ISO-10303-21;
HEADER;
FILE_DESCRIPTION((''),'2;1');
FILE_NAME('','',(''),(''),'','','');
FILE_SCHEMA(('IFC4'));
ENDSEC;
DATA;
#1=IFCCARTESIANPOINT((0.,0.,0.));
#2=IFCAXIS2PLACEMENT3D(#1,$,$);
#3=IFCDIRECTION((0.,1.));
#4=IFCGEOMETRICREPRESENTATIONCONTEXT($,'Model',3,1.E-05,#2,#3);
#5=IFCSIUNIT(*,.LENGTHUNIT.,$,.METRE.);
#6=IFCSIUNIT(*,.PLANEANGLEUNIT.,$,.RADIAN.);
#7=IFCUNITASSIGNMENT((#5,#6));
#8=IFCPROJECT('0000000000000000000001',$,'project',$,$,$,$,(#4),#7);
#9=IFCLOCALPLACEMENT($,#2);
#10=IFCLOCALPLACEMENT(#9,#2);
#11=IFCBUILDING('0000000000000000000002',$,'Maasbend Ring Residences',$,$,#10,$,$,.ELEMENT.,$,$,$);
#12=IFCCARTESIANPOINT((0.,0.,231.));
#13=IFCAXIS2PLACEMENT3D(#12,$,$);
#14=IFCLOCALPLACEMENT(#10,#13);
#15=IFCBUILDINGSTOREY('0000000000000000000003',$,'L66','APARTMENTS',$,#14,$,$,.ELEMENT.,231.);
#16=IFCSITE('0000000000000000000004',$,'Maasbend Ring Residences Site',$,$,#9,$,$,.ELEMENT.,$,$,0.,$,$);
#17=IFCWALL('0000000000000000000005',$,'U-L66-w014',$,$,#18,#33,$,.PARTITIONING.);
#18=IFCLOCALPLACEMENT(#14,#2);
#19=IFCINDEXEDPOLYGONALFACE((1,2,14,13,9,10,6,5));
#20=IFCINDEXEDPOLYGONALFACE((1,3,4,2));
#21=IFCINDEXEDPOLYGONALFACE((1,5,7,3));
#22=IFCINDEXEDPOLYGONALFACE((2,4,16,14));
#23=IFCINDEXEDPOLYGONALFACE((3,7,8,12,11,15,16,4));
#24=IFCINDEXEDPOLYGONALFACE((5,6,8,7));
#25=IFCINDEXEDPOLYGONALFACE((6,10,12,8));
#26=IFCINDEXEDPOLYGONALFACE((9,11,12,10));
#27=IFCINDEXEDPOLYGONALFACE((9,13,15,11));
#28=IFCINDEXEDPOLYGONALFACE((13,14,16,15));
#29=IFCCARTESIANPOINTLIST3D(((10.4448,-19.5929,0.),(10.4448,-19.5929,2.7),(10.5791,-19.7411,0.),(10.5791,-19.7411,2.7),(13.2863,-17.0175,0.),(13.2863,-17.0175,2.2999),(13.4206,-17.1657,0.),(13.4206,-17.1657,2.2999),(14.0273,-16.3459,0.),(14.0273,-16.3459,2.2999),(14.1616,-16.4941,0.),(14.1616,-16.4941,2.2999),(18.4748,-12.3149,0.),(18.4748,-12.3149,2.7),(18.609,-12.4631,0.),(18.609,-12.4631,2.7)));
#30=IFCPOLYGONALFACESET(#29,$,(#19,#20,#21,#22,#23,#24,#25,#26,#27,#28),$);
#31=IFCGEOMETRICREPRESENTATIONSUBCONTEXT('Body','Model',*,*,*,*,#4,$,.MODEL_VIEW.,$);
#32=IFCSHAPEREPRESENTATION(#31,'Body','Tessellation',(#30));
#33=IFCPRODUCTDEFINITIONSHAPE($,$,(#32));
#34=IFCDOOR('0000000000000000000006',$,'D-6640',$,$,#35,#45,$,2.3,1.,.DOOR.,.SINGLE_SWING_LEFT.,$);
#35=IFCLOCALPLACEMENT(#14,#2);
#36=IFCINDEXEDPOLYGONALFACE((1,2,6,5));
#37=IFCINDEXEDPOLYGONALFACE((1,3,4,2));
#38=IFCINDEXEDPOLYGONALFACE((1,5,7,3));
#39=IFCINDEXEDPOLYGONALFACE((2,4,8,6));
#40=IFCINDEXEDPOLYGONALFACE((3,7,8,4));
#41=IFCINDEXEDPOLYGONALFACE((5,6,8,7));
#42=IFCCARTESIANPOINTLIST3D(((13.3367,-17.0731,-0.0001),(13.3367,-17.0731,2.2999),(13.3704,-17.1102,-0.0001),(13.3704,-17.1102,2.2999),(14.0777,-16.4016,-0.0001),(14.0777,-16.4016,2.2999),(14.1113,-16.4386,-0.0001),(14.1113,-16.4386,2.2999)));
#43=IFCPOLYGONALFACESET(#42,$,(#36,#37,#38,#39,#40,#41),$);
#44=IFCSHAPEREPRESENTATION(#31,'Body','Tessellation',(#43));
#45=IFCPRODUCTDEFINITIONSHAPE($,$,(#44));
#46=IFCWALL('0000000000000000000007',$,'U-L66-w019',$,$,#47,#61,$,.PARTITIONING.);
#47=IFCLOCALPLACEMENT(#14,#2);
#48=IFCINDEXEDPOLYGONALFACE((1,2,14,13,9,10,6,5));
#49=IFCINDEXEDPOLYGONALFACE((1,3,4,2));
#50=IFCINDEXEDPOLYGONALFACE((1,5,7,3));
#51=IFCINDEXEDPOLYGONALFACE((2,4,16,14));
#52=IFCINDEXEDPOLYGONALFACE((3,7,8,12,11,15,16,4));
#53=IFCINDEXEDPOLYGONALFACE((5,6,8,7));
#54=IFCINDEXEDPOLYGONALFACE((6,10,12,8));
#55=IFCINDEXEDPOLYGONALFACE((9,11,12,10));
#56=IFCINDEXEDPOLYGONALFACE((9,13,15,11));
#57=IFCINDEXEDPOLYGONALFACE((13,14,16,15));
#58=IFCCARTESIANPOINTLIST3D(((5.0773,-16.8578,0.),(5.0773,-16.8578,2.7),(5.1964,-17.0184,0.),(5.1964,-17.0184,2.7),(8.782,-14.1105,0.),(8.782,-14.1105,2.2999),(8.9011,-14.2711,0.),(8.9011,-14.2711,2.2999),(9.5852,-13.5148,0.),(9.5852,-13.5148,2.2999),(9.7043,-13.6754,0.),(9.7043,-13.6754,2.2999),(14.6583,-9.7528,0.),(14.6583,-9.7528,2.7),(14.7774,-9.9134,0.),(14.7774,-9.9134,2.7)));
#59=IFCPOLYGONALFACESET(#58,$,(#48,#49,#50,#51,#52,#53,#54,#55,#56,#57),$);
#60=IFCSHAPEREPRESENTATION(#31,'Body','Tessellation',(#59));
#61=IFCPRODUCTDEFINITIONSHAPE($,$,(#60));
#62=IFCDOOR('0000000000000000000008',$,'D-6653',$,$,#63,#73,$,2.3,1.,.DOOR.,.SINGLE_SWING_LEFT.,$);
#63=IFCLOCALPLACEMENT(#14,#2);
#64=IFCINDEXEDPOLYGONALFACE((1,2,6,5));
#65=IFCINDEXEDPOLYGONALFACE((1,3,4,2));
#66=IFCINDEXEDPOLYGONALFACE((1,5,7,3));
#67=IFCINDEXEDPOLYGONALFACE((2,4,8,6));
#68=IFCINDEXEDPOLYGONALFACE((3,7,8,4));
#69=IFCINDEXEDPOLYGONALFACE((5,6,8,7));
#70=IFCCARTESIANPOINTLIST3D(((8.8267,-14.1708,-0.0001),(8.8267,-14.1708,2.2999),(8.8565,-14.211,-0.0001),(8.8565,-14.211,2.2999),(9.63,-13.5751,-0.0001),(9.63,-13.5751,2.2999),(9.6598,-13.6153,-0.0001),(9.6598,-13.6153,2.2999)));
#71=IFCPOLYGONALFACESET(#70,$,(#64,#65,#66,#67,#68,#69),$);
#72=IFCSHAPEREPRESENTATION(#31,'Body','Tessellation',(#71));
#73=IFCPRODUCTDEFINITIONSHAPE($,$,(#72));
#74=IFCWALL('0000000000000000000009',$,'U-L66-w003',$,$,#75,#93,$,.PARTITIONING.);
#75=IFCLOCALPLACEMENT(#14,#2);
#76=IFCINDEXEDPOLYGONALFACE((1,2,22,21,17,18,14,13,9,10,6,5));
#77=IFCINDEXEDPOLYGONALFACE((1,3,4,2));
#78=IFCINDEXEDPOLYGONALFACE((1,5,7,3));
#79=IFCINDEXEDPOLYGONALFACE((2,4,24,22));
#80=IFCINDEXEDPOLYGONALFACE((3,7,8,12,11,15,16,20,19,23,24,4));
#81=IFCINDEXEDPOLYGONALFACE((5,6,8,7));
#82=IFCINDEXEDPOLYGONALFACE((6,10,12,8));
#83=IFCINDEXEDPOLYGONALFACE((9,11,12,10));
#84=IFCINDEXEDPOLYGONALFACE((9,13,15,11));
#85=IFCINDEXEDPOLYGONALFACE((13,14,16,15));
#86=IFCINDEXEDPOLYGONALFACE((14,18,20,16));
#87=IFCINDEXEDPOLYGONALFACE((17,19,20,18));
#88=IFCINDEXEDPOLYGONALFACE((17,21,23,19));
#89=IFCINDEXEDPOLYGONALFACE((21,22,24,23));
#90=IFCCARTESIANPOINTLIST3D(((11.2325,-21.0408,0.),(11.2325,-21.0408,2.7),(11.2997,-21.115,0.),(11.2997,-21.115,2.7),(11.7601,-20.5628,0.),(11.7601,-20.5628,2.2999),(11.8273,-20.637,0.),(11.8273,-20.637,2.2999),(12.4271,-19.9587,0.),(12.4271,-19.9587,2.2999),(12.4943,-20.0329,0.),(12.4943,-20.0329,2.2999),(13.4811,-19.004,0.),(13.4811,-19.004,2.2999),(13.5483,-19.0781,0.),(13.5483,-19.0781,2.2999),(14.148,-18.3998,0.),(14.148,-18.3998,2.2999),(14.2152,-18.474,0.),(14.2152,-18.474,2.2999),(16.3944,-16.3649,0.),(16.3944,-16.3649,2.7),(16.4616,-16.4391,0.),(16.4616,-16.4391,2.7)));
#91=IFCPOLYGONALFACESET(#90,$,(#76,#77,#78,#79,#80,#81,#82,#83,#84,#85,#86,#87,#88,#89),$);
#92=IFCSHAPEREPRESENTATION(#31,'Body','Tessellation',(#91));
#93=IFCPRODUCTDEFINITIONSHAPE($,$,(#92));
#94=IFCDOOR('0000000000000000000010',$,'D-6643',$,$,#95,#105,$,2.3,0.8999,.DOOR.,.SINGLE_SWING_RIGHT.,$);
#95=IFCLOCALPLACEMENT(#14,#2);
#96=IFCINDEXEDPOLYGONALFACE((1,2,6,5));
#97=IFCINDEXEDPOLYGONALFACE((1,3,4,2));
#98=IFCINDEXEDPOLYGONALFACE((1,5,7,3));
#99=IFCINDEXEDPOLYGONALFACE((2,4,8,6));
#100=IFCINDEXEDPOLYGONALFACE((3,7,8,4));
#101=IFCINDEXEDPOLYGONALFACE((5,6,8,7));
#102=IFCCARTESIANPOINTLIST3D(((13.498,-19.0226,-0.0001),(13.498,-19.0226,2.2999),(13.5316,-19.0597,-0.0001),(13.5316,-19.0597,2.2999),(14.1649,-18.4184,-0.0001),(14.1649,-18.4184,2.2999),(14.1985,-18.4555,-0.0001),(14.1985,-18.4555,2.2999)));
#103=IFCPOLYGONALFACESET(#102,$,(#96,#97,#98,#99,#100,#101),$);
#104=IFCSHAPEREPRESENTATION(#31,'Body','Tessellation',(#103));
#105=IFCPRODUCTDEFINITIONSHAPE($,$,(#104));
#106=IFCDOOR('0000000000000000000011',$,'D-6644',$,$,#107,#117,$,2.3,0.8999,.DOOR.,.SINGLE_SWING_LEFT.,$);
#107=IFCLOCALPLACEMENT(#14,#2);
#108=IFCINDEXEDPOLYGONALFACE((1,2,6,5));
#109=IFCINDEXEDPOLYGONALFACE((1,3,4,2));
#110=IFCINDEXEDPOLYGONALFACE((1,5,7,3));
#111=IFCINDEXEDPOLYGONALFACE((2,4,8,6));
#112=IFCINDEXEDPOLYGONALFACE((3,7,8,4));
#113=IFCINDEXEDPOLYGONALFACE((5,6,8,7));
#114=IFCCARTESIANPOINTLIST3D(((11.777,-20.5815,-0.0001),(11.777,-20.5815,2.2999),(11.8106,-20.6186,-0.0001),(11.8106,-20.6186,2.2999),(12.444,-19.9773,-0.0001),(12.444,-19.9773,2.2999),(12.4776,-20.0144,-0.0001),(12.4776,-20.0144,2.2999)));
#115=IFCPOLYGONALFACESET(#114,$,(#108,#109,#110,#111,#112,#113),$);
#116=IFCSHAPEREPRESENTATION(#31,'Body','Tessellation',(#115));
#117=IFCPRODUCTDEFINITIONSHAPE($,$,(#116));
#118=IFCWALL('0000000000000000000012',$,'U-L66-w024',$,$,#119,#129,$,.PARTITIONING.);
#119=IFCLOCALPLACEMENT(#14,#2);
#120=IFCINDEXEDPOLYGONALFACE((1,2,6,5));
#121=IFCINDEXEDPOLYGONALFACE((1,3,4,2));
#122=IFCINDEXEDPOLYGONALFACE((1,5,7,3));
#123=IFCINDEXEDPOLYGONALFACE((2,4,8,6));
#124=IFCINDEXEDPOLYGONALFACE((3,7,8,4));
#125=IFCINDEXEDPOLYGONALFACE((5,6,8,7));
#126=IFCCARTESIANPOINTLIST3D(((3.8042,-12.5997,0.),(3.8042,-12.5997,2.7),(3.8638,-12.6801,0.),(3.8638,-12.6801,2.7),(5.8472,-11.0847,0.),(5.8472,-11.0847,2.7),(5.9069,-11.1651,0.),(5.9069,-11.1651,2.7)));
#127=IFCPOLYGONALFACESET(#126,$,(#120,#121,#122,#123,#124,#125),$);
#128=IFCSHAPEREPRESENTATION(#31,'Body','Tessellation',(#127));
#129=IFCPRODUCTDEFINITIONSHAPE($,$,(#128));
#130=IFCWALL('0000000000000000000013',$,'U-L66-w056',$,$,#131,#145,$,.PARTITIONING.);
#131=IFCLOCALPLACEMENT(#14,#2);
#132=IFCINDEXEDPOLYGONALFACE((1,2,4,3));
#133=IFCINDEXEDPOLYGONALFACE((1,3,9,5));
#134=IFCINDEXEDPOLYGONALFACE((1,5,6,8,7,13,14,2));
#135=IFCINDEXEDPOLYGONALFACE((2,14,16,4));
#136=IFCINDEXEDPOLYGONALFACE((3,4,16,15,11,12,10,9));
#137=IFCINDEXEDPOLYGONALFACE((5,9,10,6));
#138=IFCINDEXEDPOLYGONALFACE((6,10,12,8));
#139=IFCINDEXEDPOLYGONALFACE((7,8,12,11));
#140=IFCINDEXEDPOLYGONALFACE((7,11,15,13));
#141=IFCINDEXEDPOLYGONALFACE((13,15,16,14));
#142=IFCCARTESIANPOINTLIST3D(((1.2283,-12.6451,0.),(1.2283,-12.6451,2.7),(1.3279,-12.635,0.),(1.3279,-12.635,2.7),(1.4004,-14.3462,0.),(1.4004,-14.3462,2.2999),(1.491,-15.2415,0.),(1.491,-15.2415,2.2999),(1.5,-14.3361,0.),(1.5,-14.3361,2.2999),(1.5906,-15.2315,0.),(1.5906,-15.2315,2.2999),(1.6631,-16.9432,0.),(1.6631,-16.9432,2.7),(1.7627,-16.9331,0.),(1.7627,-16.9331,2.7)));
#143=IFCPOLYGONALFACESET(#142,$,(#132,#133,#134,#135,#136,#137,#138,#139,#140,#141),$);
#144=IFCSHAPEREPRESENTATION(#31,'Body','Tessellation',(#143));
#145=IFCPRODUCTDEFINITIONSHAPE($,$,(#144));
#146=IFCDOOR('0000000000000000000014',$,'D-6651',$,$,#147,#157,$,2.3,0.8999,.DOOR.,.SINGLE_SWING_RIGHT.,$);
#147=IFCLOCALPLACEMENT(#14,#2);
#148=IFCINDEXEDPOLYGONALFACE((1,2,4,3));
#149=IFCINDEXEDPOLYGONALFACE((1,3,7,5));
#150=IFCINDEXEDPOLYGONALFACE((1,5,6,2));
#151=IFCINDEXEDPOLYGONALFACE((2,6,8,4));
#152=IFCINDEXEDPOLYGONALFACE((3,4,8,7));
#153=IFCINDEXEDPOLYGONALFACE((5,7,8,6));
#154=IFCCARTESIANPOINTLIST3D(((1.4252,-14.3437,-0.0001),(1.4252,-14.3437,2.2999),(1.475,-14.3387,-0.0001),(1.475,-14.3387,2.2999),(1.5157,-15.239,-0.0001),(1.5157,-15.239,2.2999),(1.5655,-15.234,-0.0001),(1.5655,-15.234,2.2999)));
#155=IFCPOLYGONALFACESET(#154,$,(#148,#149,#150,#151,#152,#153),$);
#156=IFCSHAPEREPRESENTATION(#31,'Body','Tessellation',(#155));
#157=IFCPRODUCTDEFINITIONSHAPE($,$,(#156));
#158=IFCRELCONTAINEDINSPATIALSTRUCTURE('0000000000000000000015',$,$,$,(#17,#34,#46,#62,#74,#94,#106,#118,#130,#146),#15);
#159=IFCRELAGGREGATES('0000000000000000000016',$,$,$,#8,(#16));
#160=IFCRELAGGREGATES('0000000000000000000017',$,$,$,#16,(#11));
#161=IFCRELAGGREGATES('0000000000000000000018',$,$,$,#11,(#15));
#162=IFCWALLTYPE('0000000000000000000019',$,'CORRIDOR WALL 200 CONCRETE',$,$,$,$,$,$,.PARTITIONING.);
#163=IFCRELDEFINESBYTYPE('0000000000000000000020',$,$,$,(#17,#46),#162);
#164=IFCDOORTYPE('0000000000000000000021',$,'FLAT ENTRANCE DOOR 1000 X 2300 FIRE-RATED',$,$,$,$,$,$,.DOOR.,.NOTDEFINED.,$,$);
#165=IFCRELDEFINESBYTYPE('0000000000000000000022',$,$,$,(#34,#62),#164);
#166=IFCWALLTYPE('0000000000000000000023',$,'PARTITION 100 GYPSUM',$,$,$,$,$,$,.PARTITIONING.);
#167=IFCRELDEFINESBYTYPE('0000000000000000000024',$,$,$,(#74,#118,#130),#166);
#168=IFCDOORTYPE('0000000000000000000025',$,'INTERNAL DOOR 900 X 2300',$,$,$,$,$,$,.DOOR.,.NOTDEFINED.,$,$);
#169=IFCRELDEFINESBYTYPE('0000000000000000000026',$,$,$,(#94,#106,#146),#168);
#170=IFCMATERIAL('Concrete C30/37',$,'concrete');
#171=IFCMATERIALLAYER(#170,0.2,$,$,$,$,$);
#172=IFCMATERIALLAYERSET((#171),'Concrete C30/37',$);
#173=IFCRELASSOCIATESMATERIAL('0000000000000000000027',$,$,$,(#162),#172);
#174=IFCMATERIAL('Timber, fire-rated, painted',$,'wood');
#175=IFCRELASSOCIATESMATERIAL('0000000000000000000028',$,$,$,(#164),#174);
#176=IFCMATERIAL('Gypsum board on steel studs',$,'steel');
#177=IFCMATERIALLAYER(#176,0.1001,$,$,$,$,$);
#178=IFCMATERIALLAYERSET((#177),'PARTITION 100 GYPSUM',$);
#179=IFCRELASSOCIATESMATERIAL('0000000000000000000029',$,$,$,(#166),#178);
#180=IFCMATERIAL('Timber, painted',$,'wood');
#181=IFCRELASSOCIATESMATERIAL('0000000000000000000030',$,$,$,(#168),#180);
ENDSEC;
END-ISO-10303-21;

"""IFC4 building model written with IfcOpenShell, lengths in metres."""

from ifc_helpers import new_model, si_unit, direction, frame, frame_2d, origin, place, context, subcontext, project, spatial, rectangle, extrude, material, layer, layer_set, type_object, element, fill, save


model = new_model("IFC4")

# Units and contexts
model_context = context("Model", 3, precision=1e-05, world=origin(), true_north=direction((0.0, 1.0)))
body_context = subcontext(model_context, "Body", "Model", "MODEL_VIEW")
ifc_project = project(units=[si_unit("LENGTHUNIT", "METRE"), si_unit("PLANEANGLEUNIT", "RADIAN")], contexts=[model_context])

# Site, building, storey
site_placement = place(None, origin())
site = spatial("IfcSite", under=ifc_project, at=site_placement, Name="Maasbend Ring Residences Site", CompositionType="ELEMENT", RefElevation=0.0)
building_placement = place(site_placement, origin())
building = spatial("IfcBuilding", under=site, at=building_placement, Name="Maasbend Ring Residences", CompositionType="ELEMENT")
storey_placement = place(building_placement, frame((0.0, 0.0, 231.0)))
storey = spatial("IfcBuildingStorey", under=building, at=storey_placement, Name="L66", Description="APARTMENTS", CompositionType="ELEMENT", Elevation=231.0)

# Walls, openings, doors
ifc_material_1 = material(Name="Concrete C30/37", Category="concrete")
ifc_layer_1 = layer(ifc_material_1, 0.2)
ifc_layer_set_1 = layer_set([ifc_layer_1], Name="Concrete C30/37")
wall_type_1 = type_object("IfcWallType", Name="CORRIDOR WALL 200 CONCRETE", PredefinedType="PARTITIONING", material=ifc_layer_set_1)
wall_1_placement = place(storey_placement, frame((10.512, -19.667, 0.0), z_axis=(0.0, 0.0, 1.0), x_axis=(0.740947, 0.671563, 0.0)))
wall_1 = element("IfcWall", 1, at=wall_1_placement, inside=storey, type_object=wall_type_1, Name="U-L66-w014", PredefinedType="PARTITIONING", context=body_context, shape_type="SweptSolid", body=[
    extrude(rectangle(XDim=10.8374, YDim=0.2, at=frame_2d((5.4187, 0.0))), origin(), (0.0, 0.0, 1.0), 2.7),
])
opening_1_placement = place(wall_1_placement, frame((3.835, 0.0, 0.0)))
opening_1 = element("IfcOpeningElement", 2, at=opening_1_placement, cuts=wall_1, PredefinedType="OPENING", context=body_context, shape_type="SweptSolid", body=[
    extrude(rectangle(XDim=1.0, YDim=2.3, at=frame_2d((0.5, 1.1499))), frame((0.0, 0.1099, 0.0), z_axis=(0.0, -1.0, 0.0), x_axis=(1.0, 0.0, 0.0)), (0.0, 0.0, 1.0), 0.22),
])
ifc_material_2 = material(Name="Timber, fire-rated, painted", Category="wood")
door_type_1 = type_object("IfcDoorType", Name="FLAT ENTRANCE DOOR 1000 X 2300 FIRE-RATED", OperationType="NOTDEFINED", PredefinedType="DOOR", material=ifc_material_2)
door_1_placement = place(opening_1_placement, origin())
door_1 = element("IfcDoor", 3, at=door_1_placement, inside=storey, type_object=door_type_1, Name="D-6640", OperationType="SINGLE_SWING_LEFT", OverallHeight=2.3, OverallWidth=1.0, PredefinedType="DOOR", context=body_context, shape_type="SweptSolid", body=[
    extrude(rectangle(XDim=1.0, YDim=2.3, at=frame_2d((0.5, 1.1499))), frame((0.0, 0.0249, 0.0), z_axis=(0.0, -1.0, 0.0), x_axis=(1.0, 0.0, 0.0)), (0.0, 0.0, 1.0), 0.05),
])
fill(opening_1, door_1)
wall_2_placement = place(storey_placement, frame((5.137, -16.938, 0.0), z_axis=(0.0, 0.0, 1.0), x_axis=(0.80324, 0.595655, 0.0)))
wall_2 = element("IfcWall", 4, at=wall_2_placement, inside=storey, type_object=wall_type_1, Name="U-L66-w019", PredefinedType="PARTITIONING", context=body_context, shape_type="SweptSolid", body=[
    extrude(rectangle(XDim=11.928, YDim=0.2, at=frame_2d((5.9639, 0.0))), origin(), (0.0, 0.0, 1.0), 2.7),
])
opening_2_placement = place(wall_2_placement, frame((4.6121, 0.0, 0.0)))
opening_2 = element("IfcOpeningElement", 5, at=opening_2_placement, cuts=wall_2, PredefinedType="OPENING", context=body_context, shape_type="SweptSolid", body=[
    extrude(rectangle(XDim=1.0, YDim=2.3, at=frame_2d((0.5, 1.1499))), frame((0.0, 0.1099, 0.0), z_axis=(0.0, -1.0, 0.0), x_axis=(1.0, 0.0, 0.0)), (0.0, 0.0, 1.0), 0.22),
])
door_2_placement = place(opening_2_placement, origin())
door_2 = element("IfcDoor", 6, at=door_2_placement, inside=storey, type_object=door_type_1, Name="D-6653", OperationType="SINGLE_SWING_LEFT", OverallHeight=2.3, OverallWidth=1.0, PredefinedType="DOOR", context=body_context, shape_type="SweptSolid", body=[
    extrude(rectangle(XDim=1.0, YDim=2.3, at=frame_2d((0.5, 1.1499))), frame((0.0, 0.0249, 0.0), z_axis=(0.0, -1.0, 0.0), x_axis=(1.0, 0.0, 0.0)), (0.0, 0.0, 1.0), 0.05),
])
fill(opening_2, door_2)

# Wall, openings, doors
ifc_material_3 = material(Name="Gypsum board on steel studs", Category="steel")
ifc_layer_2 = layer(ifc_material_3, 0.1001)
ifc_layer_set_2 = layer_set([ifc_layer_2], Name="PARTITION 100 GYPSUM")
wall_type_2 = type_object("IfcWallType", Name="PARTITION 100 GYPSUM", PredefinedType="PARTITIONING", material=ifc_layer_set_2)
wall_3_placement = place(storey_placement, frame((11.2661, -21.0779, 0.0), z_axis=(0.0, 0.0, 1.0), x_axis=(0.741141, 0.671349, 0.0)))
wall_3 = element("IfcWall", 7, at=wall_3_placement, inside=storey, type_object=wall_type_2, Name="U-L66-w003", PredefinedType="PARTITIONING", context=body_context, shape_type="SweptSolid", body=[
    extrude(rectangle(XDim=6.9648, YDim=0.1001, at=frame_2d((3.4824, 0.0))), origin(), (0.0, 0.0, 1.0), 2.7),
])
opening_3_placement = place(wall_3_placement, frame((3.0339, 0.0, 0.0)))
opening_3 = element("IfcOpeningElement", 8, at=opening_3_placement, cuts=wall_3, PredefinedType="OPENING", context=body_context, shape_type="SweptSolid", body=[
    extrude(rectangle(XDim=0.8999, YDim=2.3, at=frame_2d((0.45, 1.1499))), frame((0.0, 0.0601, 0.0), z_axis=(0.0, -1.0, 0.0), x_axis=(1.0, 0.0, 0.0)), (0.0, 0.0, 1.0), 0.1201),
])
opening_4_placement = place(wall_3_placement, frame((0.7119, 0.0, 0.0)))
opening_4 = element("IfcOpeningElement", 9, at=opening_4_placement, cuts=wall_3, PredefinedType="OPENING", context=body_context, shape_type="SweptSolid", body=[
    extrude(rectangle(XDim=0.8999, YDim=2.3, at=frame_2d((0.45, 1.1499))), frame((0.0, 0.0601, 0.0), z_axis=(0.0, -1.0, 0.0), x_axis=(1.0, 0.0, 0.0)), (0.0, 0.0, 1.0), 0.1201),
])
ifc_material_4 = material(Name="Timber, painted", Category="wood")
door_type_2 = type_object("IfcDoorType", Name="INTERNAL DOOR 900 X 2300", OperationType="NOTDEFINED", PredefinedType="DOOR", material=ifc_material_4)
door_3_placement = place(opening_3_placement, origin())
door_3 = element("IfcDoor", 10, at=door_3_placement, inside=storey, type_object=door_type_2, Name="D-6643", OperationType="SINGLE_SWING_RIGHT", OverallHeight=2.3, OverallWidth=0.8999, PredefinedType="DOOR", context=body_context, shape_type="SweptSolid", body=[
    extrude(rectangle(XDim=0.8999, YDim=2.3, at=frame_2d((0.45, 1.1499))), frame((0.0, 0.0249, 0.0), z_axis=(0.0, -1.0, 0.0), x_axis=(1.0, 0.0, 0.0)), (0.0, 0.0, 1.0), 0.05),
])
fill(opening_3, door_3)
door_4_placement = place(opening_4_placement, origin())
door_4 = element("IfcDoor", 11, at=door_4_placement, inside=storey, type_object=door_type_2, Name="D-6644", OperationType="SINGLE_SWING_LEFT", OverallHeight=2.3, OverallWidth=0.8999, PredefinedType="DOOR", context=body_context, shape_type="SweptSolid", body=[
    extrude(rectangle(XDim=0.8999, YDim=2.3, at=frame_2d((0.45, 1.1499))), frame((0.0, 0.0249, 0.0), z_axis=(0.0, -1.0, 0.0), x_axis=(1.0, 0.0, 0.0)), (0.0, 0.0, 1.0), 0.05),
])
fill(opening_4, door_4)

# Wall
wall_4_placement = place(storey_placement, frame((3.834, -12.6399, 0.0), z_axis=(0.0, 0.0, 1.0), x_axis=(0.80326, 0.595629, 0.0)))
element("IfcWall", 12, at=wall_4_placement, inside=storey, type_object=wall_type_2, Name="U-L66-w024", PredefinedType="PARTITIONING", context=body_context, shape_type="SweptSolid", body=[
    extrude(rectangle(XDim=2.5435, YDim=0.1001, at=frame_2d((1.2717, 0.0))), origin(), (0.0, 0.0, 1.0), 2.7),
])

# Wall, opening, door
wall_5_placement = place(storey_placement, frame((1.2781, -12.6399, 0.0), z_axis=(0.0, 0.0, 1.0), x_axis=(0.100651, -0.994922, 0.0)))
wall_5 = element("IfcWall", 13, at=wall_5_placement, inside=storey, type_object=wall_type_2, Name="U-L66-w056", PredefinedType="PARTITIONING", context=body_context, shape_type="SweptSolid", body=[
    extrude(rectangle(XDim=4.3201, YDim=0.1001, at=frame_2d((2.1602, 0.0))), origin(), (0.0, 0.0, 1.0), 2.7),
])
opening_5_placement = place(wall_5_placement, frame((1.71, 0.0, 0.0)))
opening_5 = element("IfcOpeningElement", 14, at=opening_5_placement, cuts=wall_5, PredefinedType="OPENING", context=body_context, shape_type="SweptSolid", body=[
    extrude(rectangle(XDim=0.8999, YDim=2.3, at=frame_2d((0.45, 1.1499))), frame((0.0, 0.0601, 0.0), z_axis=(0.0, -1.0, 0.0), x_axis=(1.0, 0.0, 0.0)), (0.0, 0.0, 1.0), 0.1201),
])
door_5_placement = place(opening_5_placement, origin())
door_5 = element("IfcDoor", 15, at=door_5_placement, inside=storey, type_object=door_type_2, Name="D-6651", OperationType="SINGLE_SWING_RIGHT", OverallHeight=2.3, OverallWidth=0.8999, PredefinedType="DOOR", context=body_context, shape_type="SweptSolid", body=[
    extrude(rectangle(XDim=0.8999, YDim=2.3, at=frame_2d((0.45, 1.1499))), frame((0.0, 0.0249, 0.0), z_axis=(0.0, -1.0, 0.0), x_axis=(1.0, 0.0, 0.0)), (0.0, 0.0, 1.0), 0.05),
])
fill(opening_5, door_5)

save(model, "model.ifc")
